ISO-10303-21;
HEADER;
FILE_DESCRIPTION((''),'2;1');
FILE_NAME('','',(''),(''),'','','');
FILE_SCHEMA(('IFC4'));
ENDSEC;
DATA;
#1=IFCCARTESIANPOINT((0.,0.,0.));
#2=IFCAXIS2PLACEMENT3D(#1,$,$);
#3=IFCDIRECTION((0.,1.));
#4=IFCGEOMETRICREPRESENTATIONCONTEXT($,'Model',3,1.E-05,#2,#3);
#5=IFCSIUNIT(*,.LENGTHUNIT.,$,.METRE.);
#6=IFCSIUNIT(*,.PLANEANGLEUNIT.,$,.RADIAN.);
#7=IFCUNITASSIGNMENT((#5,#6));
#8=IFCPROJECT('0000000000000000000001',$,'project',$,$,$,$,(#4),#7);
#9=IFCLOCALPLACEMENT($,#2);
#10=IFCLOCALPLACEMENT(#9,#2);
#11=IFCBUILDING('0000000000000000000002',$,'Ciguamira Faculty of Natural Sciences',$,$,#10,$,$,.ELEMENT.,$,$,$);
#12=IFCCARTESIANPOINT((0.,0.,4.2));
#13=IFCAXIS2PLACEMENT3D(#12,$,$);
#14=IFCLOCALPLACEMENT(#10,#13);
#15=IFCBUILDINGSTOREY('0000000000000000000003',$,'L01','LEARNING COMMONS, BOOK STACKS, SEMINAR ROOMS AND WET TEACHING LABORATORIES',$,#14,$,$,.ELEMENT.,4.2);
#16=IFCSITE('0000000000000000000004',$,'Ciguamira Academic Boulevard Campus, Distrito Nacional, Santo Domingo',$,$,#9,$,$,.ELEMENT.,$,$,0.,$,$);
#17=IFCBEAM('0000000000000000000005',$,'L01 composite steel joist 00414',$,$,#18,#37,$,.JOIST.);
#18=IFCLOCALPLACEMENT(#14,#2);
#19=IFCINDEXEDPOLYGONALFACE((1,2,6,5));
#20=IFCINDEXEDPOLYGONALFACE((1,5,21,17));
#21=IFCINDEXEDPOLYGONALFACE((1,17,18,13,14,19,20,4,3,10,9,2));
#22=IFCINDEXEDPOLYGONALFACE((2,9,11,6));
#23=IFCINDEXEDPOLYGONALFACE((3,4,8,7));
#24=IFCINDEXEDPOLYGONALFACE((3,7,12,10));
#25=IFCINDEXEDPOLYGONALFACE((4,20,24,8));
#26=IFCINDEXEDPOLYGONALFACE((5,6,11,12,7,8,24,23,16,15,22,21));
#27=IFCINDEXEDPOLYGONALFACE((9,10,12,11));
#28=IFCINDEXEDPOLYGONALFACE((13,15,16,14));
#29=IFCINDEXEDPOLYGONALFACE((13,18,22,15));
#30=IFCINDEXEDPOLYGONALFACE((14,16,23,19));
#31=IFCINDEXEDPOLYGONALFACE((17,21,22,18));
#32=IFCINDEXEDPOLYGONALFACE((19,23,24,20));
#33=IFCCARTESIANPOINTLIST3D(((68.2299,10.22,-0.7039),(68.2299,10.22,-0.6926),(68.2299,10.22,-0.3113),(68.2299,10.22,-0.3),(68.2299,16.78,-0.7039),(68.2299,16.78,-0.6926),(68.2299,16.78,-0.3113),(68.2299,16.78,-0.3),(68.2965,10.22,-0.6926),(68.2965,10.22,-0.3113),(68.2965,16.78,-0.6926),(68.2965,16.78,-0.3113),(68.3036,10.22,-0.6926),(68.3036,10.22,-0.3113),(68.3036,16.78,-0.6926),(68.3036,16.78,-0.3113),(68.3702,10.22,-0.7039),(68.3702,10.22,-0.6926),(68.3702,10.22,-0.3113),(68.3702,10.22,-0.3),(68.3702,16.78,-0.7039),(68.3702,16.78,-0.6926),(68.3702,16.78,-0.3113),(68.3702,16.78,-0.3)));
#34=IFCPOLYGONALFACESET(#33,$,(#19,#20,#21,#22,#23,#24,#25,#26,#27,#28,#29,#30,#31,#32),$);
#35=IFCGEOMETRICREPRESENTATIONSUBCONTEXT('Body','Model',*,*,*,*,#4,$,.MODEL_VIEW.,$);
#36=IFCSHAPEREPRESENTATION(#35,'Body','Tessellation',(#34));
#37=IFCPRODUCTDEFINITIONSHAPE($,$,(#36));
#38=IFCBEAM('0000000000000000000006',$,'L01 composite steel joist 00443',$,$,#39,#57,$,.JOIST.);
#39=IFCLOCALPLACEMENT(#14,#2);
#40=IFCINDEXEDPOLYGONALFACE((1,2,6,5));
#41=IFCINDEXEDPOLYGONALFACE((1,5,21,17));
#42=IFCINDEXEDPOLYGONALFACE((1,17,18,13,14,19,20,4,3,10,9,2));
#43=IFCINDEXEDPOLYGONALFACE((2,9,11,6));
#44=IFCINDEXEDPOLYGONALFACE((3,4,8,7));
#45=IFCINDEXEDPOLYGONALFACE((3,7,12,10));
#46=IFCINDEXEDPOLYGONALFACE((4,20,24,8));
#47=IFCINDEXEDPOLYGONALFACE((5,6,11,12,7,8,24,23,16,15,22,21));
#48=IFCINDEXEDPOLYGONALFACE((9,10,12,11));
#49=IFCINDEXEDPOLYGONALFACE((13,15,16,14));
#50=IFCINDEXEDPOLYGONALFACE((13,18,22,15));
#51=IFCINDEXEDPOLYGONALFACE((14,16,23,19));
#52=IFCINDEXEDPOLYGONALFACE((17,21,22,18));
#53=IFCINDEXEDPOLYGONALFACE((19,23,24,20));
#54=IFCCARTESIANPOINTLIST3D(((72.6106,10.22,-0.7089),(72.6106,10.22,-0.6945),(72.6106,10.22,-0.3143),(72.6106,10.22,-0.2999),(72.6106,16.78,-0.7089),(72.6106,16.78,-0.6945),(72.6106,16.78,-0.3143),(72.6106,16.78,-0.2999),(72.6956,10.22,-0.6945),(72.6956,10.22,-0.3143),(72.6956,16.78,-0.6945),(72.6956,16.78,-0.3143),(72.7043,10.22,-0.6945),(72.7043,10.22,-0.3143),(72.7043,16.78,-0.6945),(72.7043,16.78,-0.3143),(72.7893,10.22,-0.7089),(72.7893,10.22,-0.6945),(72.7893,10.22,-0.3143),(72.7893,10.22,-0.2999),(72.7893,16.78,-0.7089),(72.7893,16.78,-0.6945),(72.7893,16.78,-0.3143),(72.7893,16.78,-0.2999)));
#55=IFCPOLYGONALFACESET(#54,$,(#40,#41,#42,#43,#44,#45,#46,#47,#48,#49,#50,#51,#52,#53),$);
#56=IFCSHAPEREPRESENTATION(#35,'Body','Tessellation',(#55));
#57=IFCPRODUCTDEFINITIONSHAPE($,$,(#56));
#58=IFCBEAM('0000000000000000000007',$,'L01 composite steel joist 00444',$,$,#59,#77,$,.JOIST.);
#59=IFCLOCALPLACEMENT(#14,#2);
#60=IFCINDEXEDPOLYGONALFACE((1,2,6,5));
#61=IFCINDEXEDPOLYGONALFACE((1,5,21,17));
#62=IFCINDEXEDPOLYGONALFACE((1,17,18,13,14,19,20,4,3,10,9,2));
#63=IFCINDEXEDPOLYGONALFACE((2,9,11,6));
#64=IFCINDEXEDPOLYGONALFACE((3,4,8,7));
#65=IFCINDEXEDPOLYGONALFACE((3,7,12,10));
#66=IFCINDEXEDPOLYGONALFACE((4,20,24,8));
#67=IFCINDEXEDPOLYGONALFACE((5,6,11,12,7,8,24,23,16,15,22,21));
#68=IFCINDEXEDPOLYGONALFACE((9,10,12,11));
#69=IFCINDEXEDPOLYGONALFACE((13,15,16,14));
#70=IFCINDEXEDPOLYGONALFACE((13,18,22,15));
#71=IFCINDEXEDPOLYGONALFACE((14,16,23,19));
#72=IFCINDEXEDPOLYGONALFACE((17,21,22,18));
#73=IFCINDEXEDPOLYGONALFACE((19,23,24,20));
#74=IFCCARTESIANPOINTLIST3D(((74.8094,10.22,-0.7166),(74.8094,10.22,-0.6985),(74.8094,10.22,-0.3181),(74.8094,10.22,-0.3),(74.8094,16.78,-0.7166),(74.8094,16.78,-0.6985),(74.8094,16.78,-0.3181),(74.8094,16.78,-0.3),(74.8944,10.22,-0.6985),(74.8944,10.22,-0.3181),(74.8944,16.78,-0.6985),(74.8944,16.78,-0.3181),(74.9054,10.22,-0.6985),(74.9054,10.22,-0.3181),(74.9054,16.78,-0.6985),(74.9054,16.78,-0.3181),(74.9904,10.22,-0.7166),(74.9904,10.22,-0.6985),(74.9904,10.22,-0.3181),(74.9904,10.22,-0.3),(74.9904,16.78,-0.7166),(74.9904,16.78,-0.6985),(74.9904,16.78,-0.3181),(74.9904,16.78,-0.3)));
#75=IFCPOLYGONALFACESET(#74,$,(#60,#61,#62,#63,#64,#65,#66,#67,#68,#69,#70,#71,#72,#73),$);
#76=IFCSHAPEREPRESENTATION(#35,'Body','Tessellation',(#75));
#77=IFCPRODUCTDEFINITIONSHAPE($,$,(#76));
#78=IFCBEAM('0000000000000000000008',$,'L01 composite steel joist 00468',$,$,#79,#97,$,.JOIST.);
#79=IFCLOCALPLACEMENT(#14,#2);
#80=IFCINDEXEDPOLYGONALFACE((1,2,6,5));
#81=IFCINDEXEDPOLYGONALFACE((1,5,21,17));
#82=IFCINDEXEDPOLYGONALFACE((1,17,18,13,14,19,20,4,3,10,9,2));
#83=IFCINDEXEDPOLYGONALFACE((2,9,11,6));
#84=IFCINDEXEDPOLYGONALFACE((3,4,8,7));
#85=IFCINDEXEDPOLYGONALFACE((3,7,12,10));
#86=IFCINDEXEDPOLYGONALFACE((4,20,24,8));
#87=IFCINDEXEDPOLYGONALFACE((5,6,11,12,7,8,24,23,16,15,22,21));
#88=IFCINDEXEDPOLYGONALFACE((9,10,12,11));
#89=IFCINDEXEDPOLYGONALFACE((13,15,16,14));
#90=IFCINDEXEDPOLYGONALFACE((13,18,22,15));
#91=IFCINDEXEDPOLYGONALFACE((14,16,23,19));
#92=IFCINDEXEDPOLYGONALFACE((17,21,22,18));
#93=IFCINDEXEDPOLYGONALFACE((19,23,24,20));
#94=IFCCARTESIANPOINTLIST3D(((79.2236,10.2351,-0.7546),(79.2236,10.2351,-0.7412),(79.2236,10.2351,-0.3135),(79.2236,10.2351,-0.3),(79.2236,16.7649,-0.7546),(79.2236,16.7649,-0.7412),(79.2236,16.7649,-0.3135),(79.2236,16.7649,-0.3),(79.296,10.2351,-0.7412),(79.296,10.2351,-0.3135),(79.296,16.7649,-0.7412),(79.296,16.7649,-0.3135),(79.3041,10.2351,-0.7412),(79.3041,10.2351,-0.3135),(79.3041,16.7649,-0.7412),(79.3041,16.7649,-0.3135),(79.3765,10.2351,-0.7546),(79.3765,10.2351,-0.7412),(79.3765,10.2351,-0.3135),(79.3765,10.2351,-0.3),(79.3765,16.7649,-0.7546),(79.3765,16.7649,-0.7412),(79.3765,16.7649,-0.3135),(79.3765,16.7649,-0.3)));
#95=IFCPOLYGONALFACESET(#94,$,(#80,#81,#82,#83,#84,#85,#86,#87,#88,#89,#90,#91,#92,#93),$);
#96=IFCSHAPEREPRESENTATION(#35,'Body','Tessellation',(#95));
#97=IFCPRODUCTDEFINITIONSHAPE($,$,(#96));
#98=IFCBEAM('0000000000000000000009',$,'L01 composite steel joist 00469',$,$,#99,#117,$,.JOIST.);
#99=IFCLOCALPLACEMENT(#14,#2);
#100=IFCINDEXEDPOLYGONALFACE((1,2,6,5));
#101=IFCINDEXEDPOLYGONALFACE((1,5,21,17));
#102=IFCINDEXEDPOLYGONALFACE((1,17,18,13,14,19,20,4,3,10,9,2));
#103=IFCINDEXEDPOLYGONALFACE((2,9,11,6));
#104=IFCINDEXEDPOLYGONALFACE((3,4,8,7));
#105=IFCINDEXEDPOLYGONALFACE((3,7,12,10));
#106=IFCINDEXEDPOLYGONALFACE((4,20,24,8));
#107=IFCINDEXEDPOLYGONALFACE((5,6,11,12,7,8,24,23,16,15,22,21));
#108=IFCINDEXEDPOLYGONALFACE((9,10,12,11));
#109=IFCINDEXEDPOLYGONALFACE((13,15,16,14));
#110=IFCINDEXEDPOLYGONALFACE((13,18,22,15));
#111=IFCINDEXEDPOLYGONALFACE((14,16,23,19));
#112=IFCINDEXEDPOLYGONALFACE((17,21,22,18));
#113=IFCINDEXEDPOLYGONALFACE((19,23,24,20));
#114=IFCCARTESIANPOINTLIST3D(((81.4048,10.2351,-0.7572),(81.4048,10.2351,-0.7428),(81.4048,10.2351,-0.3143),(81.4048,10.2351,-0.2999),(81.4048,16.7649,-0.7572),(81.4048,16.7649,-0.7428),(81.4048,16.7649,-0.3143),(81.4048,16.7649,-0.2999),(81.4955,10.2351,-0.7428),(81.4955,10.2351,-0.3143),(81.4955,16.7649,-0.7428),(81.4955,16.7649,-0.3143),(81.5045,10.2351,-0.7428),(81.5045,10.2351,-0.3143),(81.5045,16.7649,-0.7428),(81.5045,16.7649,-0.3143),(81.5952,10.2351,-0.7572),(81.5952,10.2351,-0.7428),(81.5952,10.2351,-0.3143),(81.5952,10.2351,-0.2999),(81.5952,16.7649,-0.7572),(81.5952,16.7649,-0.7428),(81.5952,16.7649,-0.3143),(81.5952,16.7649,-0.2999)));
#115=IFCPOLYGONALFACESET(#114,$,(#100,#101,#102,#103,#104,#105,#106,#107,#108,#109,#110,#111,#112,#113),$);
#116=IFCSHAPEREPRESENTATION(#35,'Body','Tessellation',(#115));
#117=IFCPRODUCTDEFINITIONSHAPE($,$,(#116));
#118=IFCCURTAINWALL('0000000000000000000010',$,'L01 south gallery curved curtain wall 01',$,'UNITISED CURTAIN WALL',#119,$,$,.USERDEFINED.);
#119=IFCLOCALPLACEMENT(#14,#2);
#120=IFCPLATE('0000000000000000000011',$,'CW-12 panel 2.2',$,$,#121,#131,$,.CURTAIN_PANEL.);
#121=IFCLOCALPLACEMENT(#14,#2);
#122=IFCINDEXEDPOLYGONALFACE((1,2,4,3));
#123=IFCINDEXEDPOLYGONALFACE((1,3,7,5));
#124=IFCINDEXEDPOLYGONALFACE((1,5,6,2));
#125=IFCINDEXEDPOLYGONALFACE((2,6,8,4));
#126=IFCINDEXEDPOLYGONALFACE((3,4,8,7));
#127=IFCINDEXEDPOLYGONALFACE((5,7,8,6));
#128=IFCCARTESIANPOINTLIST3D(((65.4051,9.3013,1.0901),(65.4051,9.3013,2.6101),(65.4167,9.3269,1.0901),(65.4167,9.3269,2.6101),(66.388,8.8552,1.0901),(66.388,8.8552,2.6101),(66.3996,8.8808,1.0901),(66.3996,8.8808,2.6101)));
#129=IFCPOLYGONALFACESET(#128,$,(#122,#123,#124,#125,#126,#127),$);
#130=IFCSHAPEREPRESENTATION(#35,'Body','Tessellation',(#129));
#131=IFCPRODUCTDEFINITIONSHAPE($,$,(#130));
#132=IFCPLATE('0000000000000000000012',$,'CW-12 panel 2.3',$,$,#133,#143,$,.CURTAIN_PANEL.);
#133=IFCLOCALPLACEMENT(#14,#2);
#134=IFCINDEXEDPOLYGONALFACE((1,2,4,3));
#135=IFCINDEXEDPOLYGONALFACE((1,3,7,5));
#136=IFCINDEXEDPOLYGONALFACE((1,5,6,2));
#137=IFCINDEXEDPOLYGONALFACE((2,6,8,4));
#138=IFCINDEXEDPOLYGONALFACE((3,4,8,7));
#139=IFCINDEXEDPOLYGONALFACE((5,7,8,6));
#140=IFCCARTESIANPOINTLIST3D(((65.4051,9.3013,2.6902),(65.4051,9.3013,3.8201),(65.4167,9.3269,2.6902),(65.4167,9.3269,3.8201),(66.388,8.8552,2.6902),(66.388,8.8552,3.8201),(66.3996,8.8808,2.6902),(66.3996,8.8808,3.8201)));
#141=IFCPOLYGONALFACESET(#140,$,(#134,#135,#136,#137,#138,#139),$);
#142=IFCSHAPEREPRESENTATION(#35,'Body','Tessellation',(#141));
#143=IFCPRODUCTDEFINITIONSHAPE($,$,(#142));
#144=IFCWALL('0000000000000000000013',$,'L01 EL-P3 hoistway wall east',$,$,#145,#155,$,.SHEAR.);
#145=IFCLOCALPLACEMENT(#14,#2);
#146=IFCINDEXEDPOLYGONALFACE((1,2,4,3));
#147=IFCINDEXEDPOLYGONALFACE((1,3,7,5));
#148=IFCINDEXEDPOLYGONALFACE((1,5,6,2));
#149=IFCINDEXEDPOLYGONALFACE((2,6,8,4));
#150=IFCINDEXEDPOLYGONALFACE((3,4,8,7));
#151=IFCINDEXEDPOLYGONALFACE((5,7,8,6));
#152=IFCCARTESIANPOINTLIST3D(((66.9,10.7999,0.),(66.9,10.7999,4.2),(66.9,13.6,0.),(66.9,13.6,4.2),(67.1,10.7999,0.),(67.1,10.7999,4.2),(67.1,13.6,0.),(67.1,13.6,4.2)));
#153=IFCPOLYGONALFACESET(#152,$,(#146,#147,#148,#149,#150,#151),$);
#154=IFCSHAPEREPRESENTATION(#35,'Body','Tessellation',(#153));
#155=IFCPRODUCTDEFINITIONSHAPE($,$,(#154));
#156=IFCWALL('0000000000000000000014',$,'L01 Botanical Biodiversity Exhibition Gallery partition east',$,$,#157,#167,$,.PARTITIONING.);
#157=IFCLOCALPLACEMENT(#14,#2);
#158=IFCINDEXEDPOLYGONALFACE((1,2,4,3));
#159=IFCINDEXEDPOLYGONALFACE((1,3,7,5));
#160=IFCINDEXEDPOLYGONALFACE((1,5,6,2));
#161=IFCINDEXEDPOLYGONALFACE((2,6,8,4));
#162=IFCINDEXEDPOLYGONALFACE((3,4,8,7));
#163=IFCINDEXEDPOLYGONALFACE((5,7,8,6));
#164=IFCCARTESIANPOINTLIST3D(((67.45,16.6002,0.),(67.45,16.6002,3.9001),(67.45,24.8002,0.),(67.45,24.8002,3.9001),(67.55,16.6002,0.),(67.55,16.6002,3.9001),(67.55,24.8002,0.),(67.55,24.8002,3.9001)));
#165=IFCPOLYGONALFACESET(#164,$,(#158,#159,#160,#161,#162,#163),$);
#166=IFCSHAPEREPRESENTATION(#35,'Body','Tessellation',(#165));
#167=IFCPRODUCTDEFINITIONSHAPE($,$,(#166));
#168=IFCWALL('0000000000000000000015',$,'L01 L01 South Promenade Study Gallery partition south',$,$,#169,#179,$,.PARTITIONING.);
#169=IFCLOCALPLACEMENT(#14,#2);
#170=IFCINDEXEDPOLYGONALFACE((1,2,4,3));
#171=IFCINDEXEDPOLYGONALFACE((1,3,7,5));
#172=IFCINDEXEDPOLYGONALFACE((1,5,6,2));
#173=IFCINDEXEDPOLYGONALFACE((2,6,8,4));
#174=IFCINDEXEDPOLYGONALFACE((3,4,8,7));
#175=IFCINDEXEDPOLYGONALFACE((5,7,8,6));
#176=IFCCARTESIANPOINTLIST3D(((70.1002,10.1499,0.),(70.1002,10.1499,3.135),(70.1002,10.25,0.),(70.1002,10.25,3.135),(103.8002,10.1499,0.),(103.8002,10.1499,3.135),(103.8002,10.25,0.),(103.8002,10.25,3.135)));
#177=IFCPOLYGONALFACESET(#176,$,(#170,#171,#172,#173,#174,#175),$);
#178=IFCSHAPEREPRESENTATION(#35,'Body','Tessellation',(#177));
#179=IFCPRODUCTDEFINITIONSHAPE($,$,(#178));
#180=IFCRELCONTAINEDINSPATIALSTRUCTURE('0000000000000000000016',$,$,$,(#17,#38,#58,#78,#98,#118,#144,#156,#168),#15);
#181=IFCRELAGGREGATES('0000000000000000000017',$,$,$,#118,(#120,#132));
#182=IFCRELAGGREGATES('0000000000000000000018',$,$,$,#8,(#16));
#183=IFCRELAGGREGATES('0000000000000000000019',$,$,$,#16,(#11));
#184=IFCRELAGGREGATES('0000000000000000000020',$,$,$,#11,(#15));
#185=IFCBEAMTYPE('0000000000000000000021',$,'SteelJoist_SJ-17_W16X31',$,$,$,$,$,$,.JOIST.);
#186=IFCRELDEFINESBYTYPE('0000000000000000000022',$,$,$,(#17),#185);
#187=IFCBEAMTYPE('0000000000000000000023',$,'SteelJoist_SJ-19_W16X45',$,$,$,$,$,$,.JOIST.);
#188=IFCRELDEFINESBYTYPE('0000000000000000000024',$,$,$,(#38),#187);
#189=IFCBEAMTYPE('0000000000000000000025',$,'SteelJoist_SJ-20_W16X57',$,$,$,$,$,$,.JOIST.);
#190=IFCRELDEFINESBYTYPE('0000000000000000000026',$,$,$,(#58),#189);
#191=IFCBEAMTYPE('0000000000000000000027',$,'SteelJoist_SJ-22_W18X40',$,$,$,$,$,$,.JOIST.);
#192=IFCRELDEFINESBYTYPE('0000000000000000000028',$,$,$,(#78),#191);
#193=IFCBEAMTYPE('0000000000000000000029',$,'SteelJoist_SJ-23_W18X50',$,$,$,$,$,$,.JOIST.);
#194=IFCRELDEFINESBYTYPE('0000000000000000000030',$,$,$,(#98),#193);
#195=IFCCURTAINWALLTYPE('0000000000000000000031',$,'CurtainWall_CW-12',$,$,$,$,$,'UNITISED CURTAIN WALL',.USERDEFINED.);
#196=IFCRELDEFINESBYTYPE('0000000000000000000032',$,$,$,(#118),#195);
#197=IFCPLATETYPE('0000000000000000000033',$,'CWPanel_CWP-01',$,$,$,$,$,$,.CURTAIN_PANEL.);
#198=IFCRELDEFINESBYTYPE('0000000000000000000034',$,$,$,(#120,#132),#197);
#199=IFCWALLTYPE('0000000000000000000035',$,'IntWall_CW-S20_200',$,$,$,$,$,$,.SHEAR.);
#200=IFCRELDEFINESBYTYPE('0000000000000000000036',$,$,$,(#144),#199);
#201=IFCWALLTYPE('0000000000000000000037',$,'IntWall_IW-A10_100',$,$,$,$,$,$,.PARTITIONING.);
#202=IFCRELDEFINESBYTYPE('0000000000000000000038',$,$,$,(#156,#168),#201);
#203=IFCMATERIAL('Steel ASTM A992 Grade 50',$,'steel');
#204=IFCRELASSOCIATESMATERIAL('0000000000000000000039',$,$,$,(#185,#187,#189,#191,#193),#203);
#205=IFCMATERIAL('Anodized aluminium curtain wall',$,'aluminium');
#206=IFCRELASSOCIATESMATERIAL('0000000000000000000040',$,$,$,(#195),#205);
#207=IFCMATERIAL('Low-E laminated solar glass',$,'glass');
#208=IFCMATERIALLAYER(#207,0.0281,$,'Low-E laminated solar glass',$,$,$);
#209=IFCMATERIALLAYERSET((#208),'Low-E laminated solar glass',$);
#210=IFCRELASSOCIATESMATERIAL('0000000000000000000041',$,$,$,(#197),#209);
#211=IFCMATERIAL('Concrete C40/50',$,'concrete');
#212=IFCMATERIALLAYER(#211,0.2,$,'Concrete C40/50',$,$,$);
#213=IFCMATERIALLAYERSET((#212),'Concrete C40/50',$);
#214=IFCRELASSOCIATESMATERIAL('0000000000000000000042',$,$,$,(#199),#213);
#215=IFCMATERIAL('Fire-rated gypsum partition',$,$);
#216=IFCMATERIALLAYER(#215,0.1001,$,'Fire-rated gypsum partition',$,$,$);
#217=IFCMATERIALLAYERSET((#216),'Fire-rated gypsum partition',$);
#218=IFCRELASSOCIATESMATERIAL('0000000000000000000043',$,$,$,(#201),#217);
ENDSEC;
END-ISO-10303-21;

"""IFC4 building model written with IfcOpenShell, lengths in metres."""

from ifc_helpers import new_model, si_unit, direction, frame, frame_2d, origin, origin_2d, place, context, subcontext, project, spatial, rectangle, i_section, extrude, material, layer, layer_set, material_profile, profile_set, type_object, element, aggregate, save


model = new_model("IFC4")

# Units and contexts
model_context = context("Model", 3, precision=1e-05, world=origin(), true_north=direction((0.0, 1.0)))
body_context = subcontext(model_context, "Body", "Model", "MODEL_VIEW")
ifc_project = project(units=[si_unit("LENGTHUNIT", "METRE"), si_unit("PLANEANGLEUNIT", "RADIAN")], contexts=[model_context])

# Site, building, storey
site_placement = place(None, origin())
site = spatial("IfcSite", under=ifc_project, at=site_placement, Name="Ciguamira Academic Boulevard Campus, Distrito Nacional, Santo Domingo", CompositionType="ELEMENT", RefElevation=0.0)
building_placement = place(site_placement, origin())
building = spatial("IfcBuilding", under=site, at=building_placement, Name="Ciguamira Faculty of Natural Sciences", CompositionType="ELEMENT")
storey_placement = place(building_placement, frame((0.0, 0.0, 4.2)))
storey = spatial("IfcBuildingStorey", under=building, at=storey_placement, Name="L01", Description="LEARNING COMMONS, BOOK STACKS, SEMINAR ROOMS AND WET TEACHING LABORATORIES", CompositionType="ELEMENT", Elevation=4.2)

# Shared definitions
ifc_material_1 = material(Name="Concrete C40/50", Category="concrete")

# Beams
ifc_material_2 = material(Name="Steel ASTM A992 Grade 50", Category="steel")
ifc_material_profile_1 = material_profile(ifc_material_2, i_section(OverallWidth=0.1404, OverallDepth=0.4038, WebThickness=0.0071, FlangeThickness=0.0112, at=origin_2d()), Name="W16X31")
ifc_profile_set_1 = profile_set([ifc_material_profile_1], Name="Steel ASTM A992 Grade 50")
beam_type_1 = type_object("IfcBeamType", Name="SteelJoist_SJ-17_W16X31", PredefinedType="JOIST", material=ifc_profile_set_1)
beam_1_placement = place(storey_placement, frame((68.3, 10.22, -0.502), z_axis=(0.0, 1.0, 0.0), x_axis=(-1.0, 0.0, 0.0)))
element("IfcBeam", 1, at=beam_1_placement, inside=storey, type_object=beam_type_1, Name="L01 composite steel joist 00414", PredefinedType="JOIST", context=body_context, shape_type="SweptSolid", body=[
    extrude(i_section(OverallWidth=0.1404, OverallDepth=0.4038, WebThickness=0.0071, FlangeThickness=0.0112, at=origin_2d()), origin(), (0.0, 0.0, 1.0), 6.5601),
])
ifc_material_profile_2 = material_profile(ifc_material_2, i_section(OverallWidth=0.1787, OverallDepth=0.4089, WebThickness=0.0088, FlangeThickness=0.0144, at=origin_2d()), Name="W16X45")
ifc_profile_set_2 = profile_set([ifc_material_profile_2], Name="Steel ASTM A992 Grade 50")
beam_type_2 = type_object("IfcBeamType", Name="SteelJoist_SJ-19_W16X45", PredefinedType="JOIST", material=ifc_profile_set_2)
beam_2_placement = place(storey_placement, frame((72.7, 10.22, -0.5044), z_axis=(0.0, 1.0, 0.0), x_axis=(-1.0, 0.0, 0.0)))
element("IfcBeam", 2, at=beam_2_placement, inside=storey, type_object=beam_type_2, Name="L01 composite steel joist 00443", PredefinedType="JOIST", context=body_context, shape_type="SweptSolid", body=[
    extrude(i_section(OverallWidth=0.1787, OverallDepth=0.4089, WebThickness=0.0088, FlangeThickness=0.0144, at=origin_2d()), origin(), (0.0, 0.0, 1.0), 6.5601),
])
ifc_material_profile_3 = material_profile(ifc_material_2, i_section(OverallWidth=0.1809, OverallDepth=0.4165, WebThickness=0.011, FlangeThickness=0.0181, at=origin_2d()), Name="W16X57")
ifc_profile_set_3 = profile_set([ifc_material_profile_3], Name="Steel ASTM A992 Grade 50")
beam_type_3 = type_object("IfcBeamType", Name="SteelJoist_SJ-20_W16X57", PredefinedType="JOIST", material=ifc_profile_set_3)
beam_3_placement = place(storey_placement, frame((74.8999, 10.22, -0.5083), z_axis=(0.0, 1.0, 0.0), x_axis=(-1.0, 0.0, 0.0)))
element("IfcBeam", 3, at=beam_3_placement, inside=storey, type_object=beam_type_3, Name="L01 composite steel joist 00444", PredefinedType="JOIST", context=body_context, shape_type="SweptSolid", body=[
    extrude(i_section(OverallWidth=0.1809, OverallDepth=0.4165, WebThickness=0.011, FlangeThickness=0.0181, at=origin_2d()), origin(), (0.0, 0.0, 1.0), 6.5601),
])
ifc_material_profile_4 = material_profile(ifc_material_2, i_section(OverallWidth=0.1528, OverallDepth=0.4546, WebThickness=0.0081, FlangeThickness=0.0134, at=origin_2d()), Name="W18X40")
ifc_profile_set_4 = profile_set([ifc_material_profile_4], Name="Steel ASTM A992 Grade 50")
beam_type_4 = type_object("IfcBeamType", Name="SteelJoist_SJ-22_W18X40", PredefinedType="JOIST", material=ifc_profile_set_4)
beam_4_placement = place(storey_placement, frame((79.3, 10.2351, -0.5273), z_axis=(0.0, 1.0, 0.0), x_axis=(-1.0, 0.0, 0.0)))
element("IfcBeam", 4, at=beam_4_placement, inside=storey, type_object=beam_type_4, Name="L01 composite steel joist 00468", PredefinedType="JOIST", context=body_context, shape_type="SweptSolid", body=[
    extrude(i_section(OverallWidth=0.1528, OverallDepth=0.4546, WebThickness=0.0081, FlangeThickness=0.0134, at=origin_2d()), origin(), (0.0, 0.0, 1.0), 6.5298),
])
ifc_material_profile_5 = material_profile(ifc_material_2, i_section(OverallWidth=0.1904, OverallDepth=0.4573, WebThickness=0.009, FlangeThickness=0.0144, at=origin_2d()), Name="W18X50")
ifc_profile_set_5 = profile_set([ifc_material_profile_5], Name="Steel ASTM A992 Grade 50")
beam_type_5 = type_object("IfcBeamType", Name="SteelJoist_SJ-23_W18X50", PredefinedType="JOIST", material=ifc_profile_set_5)
beam_5_placement = place(storey_placement, frame((81.5, 10.2351, -0.5286), z_axis=(0.0, 1.0, 0.0), x_axis=(-1.0, 0.0, 0.0)))
element("IfcBeam", 5, at=beam_5_placement, inside=storey, type_object=beam_type_5, Name="L01 composite steel joist 00469", PredefinedType="JOIST", context=body_context, shape_type="SweptSolid", body=[
    extrude(i_section(OverallWidth=0.1904, OverallDepth=0.4573, WebThickness=0.009, FlangeThickness=0.0144, at=origin_2d()), origin(), (0.0, 0.0, 1.0), 6.5298),
])

# Curtain wall, plates
ifc_material_3 = material(Name="Anodized aluminium curtain wall", Category="aluminium")
curtain_wall_type = type_object("IfcCurtainWallType", Name="CurtainWall_CW-12", ElementType="UNITISED CURTAIN WALL", PredefinedType="USERDEFINED", material=ifc_material_3)
curtain_wall_placement = place(storey_placement, origin())
curtain_wall = element("IfcCurtainWall", 6, at=curtain_wall_placement, inside=storey, type_object=curtain_wall_type, Name="L01 south gallery curved curtain wall 01", ObjectType="UNITISED CURTAIN WALL", PredefinedType="USERDEFINED")
ifc_material_4 = material(Name="Low-E laminated solar glass", Category="glass")
ifc_layer_1 = layer(ifc_material_4, 0.0281, Name="Low-E laminated solar glass")
ifc_layer_set_1 = layer_set([ifc_layer_1], Name="Low-E laminated solar glass")
plate_type = type_object("IfcPlateType", Name="CWPanel_CWP-01", PredefinedType="CURTAIN_PANEL", material=ifc_layer_set_1)
plate_1_placement = place(storey_placement, frame((65.9023, 9.0911, 1.0901), z_axis=(0.0, 0.0, 1.0), x_axis=(0.910581, -0.413332, 0.0)))
plate_1 = element("IfcPlate", 7, at=plate_1_placement, type_object=plate_type, Name="CW-12 panel 2.2", PredefinedType="CURTAIN_PANEL", context=body_context, shape_type="SweptSolid", body=[
    extrude(rectangle(XDim=1.0793, YDim=0.0281, at=origin_2d()), origin(), (0.0, 0.0, 1.0), 1.52),
])
plate_2_placement = place(storey_placement, frame((65.9023, 9.0911, 2.6902), z_axis=(0.0, 0.0, 1.0), x_axis=(0.910581, -0.413332, 0.0)))
plate_2 = element("IfcPlate", 8, at=plate_2_placement, type_object=plate_type, Name="CW-12 panel 2.3", PredefinedType="CURTAIN_PANEL", context=body_context, shape_type="SweptSolid", body=[
    extrude(rectangle(XDim=1.0793, YDim=0.0281, at=origin_2d()), origin(), (0.0, 0.0, 1.0), 1.1299),
])
aggregate(curtain_wall, [plate_1, plate_2])

# Walls
ifc_layer_2 = layer(ifc_material_1, 0.2, Name="Concrete C40/50")
ifc_layer_set_2 = layer_set([ifc_layer_2], Name="Concrete C40/50")
wall_type_1 = type_object("IfcWallType", Name="IntWall_CW-S20_200", PredefinedType="SHEAR", material=ifc_layer_set_2)
wall_1_placement = place(storey_placement, frame((67.0, 10.8, 0.0), z_axis=(0.0, 0.0, 1.0), x_axis=(0.0, 1.0, 0.0)))
element("IfcWall", 9, at=wall_1_placement, inside=storey, type_object=wall_type_1, Name="L01 EL-P3 hoistway wall east", PredefinedType="SHEAR", context=body_context, shape_type="SweptSolid", body=[
    extrude(rectangle(XDim=2.8, YDim=0.2, at=frame_2d((1.3999, 0.0))), origin(), (0.0, 0.0, 1.0), 4.2),
])
ifc_material_5 = material(Name="Fire-rated gypsum partition")
ifc_layer_3 = layer(ifc_material_5, 0.1001, Name="Fire-rated gypsum partition")
ifc_layer_set_3 = layer_set([ifc_layer_3], Name="Fire-rated gypsum partition")
wall_type_2 = type_object("IfcWallType", Name="IntWall_IW-A10_100", PredefinedType="PARTITIONING", material=ifc_layer_set_3)
wall_2_placement = place(storey_placement, frame((67.5, 16.6001, 0.0), z_axis=(0.0, 0.0, 1.0), x_axis=(0.0, 1.0, 0.0)))
element("IfcWall", 10, at=wall_2_placement, inside=storey, type_object=wall_type_2, Name="L01 Botanical Biodiversity Exhibition Gallery partition east", PredefinedType="PARTITIONING", context=body_context, shape_type="SweptSolid", body=[
    extrude(rectangle(XDim=8.2, YDim=0.1001, at=frame_2d((4.1001, 0.0))), origin(), (0.0, 0.0, 1.0), 3.9001),
])
wall_3_placement = place(storey_placement, frame((70.1001, 10.2, 0.0), z_axis=(0.0, 0.0, 1.0), x_axis=(1.0, 0.0, 0.0)))
element("IfcWall", 11, at=wall_3_placement, inside=storey, type_object=wall_type_2, Name="L01 L01 South Promenade Study Gallery partition south", PredefinedType="PARTITIONING", context=body_context, shape_type="SweptSolid", body=[
    extrude(rectangle(XDim=33.7, YDim=0.1001, at=frame_2d((16.8501, 0.0))), origin(), (0.0, 0.0, 1.0), 3.135),
])

save(model, "model.ifc")
